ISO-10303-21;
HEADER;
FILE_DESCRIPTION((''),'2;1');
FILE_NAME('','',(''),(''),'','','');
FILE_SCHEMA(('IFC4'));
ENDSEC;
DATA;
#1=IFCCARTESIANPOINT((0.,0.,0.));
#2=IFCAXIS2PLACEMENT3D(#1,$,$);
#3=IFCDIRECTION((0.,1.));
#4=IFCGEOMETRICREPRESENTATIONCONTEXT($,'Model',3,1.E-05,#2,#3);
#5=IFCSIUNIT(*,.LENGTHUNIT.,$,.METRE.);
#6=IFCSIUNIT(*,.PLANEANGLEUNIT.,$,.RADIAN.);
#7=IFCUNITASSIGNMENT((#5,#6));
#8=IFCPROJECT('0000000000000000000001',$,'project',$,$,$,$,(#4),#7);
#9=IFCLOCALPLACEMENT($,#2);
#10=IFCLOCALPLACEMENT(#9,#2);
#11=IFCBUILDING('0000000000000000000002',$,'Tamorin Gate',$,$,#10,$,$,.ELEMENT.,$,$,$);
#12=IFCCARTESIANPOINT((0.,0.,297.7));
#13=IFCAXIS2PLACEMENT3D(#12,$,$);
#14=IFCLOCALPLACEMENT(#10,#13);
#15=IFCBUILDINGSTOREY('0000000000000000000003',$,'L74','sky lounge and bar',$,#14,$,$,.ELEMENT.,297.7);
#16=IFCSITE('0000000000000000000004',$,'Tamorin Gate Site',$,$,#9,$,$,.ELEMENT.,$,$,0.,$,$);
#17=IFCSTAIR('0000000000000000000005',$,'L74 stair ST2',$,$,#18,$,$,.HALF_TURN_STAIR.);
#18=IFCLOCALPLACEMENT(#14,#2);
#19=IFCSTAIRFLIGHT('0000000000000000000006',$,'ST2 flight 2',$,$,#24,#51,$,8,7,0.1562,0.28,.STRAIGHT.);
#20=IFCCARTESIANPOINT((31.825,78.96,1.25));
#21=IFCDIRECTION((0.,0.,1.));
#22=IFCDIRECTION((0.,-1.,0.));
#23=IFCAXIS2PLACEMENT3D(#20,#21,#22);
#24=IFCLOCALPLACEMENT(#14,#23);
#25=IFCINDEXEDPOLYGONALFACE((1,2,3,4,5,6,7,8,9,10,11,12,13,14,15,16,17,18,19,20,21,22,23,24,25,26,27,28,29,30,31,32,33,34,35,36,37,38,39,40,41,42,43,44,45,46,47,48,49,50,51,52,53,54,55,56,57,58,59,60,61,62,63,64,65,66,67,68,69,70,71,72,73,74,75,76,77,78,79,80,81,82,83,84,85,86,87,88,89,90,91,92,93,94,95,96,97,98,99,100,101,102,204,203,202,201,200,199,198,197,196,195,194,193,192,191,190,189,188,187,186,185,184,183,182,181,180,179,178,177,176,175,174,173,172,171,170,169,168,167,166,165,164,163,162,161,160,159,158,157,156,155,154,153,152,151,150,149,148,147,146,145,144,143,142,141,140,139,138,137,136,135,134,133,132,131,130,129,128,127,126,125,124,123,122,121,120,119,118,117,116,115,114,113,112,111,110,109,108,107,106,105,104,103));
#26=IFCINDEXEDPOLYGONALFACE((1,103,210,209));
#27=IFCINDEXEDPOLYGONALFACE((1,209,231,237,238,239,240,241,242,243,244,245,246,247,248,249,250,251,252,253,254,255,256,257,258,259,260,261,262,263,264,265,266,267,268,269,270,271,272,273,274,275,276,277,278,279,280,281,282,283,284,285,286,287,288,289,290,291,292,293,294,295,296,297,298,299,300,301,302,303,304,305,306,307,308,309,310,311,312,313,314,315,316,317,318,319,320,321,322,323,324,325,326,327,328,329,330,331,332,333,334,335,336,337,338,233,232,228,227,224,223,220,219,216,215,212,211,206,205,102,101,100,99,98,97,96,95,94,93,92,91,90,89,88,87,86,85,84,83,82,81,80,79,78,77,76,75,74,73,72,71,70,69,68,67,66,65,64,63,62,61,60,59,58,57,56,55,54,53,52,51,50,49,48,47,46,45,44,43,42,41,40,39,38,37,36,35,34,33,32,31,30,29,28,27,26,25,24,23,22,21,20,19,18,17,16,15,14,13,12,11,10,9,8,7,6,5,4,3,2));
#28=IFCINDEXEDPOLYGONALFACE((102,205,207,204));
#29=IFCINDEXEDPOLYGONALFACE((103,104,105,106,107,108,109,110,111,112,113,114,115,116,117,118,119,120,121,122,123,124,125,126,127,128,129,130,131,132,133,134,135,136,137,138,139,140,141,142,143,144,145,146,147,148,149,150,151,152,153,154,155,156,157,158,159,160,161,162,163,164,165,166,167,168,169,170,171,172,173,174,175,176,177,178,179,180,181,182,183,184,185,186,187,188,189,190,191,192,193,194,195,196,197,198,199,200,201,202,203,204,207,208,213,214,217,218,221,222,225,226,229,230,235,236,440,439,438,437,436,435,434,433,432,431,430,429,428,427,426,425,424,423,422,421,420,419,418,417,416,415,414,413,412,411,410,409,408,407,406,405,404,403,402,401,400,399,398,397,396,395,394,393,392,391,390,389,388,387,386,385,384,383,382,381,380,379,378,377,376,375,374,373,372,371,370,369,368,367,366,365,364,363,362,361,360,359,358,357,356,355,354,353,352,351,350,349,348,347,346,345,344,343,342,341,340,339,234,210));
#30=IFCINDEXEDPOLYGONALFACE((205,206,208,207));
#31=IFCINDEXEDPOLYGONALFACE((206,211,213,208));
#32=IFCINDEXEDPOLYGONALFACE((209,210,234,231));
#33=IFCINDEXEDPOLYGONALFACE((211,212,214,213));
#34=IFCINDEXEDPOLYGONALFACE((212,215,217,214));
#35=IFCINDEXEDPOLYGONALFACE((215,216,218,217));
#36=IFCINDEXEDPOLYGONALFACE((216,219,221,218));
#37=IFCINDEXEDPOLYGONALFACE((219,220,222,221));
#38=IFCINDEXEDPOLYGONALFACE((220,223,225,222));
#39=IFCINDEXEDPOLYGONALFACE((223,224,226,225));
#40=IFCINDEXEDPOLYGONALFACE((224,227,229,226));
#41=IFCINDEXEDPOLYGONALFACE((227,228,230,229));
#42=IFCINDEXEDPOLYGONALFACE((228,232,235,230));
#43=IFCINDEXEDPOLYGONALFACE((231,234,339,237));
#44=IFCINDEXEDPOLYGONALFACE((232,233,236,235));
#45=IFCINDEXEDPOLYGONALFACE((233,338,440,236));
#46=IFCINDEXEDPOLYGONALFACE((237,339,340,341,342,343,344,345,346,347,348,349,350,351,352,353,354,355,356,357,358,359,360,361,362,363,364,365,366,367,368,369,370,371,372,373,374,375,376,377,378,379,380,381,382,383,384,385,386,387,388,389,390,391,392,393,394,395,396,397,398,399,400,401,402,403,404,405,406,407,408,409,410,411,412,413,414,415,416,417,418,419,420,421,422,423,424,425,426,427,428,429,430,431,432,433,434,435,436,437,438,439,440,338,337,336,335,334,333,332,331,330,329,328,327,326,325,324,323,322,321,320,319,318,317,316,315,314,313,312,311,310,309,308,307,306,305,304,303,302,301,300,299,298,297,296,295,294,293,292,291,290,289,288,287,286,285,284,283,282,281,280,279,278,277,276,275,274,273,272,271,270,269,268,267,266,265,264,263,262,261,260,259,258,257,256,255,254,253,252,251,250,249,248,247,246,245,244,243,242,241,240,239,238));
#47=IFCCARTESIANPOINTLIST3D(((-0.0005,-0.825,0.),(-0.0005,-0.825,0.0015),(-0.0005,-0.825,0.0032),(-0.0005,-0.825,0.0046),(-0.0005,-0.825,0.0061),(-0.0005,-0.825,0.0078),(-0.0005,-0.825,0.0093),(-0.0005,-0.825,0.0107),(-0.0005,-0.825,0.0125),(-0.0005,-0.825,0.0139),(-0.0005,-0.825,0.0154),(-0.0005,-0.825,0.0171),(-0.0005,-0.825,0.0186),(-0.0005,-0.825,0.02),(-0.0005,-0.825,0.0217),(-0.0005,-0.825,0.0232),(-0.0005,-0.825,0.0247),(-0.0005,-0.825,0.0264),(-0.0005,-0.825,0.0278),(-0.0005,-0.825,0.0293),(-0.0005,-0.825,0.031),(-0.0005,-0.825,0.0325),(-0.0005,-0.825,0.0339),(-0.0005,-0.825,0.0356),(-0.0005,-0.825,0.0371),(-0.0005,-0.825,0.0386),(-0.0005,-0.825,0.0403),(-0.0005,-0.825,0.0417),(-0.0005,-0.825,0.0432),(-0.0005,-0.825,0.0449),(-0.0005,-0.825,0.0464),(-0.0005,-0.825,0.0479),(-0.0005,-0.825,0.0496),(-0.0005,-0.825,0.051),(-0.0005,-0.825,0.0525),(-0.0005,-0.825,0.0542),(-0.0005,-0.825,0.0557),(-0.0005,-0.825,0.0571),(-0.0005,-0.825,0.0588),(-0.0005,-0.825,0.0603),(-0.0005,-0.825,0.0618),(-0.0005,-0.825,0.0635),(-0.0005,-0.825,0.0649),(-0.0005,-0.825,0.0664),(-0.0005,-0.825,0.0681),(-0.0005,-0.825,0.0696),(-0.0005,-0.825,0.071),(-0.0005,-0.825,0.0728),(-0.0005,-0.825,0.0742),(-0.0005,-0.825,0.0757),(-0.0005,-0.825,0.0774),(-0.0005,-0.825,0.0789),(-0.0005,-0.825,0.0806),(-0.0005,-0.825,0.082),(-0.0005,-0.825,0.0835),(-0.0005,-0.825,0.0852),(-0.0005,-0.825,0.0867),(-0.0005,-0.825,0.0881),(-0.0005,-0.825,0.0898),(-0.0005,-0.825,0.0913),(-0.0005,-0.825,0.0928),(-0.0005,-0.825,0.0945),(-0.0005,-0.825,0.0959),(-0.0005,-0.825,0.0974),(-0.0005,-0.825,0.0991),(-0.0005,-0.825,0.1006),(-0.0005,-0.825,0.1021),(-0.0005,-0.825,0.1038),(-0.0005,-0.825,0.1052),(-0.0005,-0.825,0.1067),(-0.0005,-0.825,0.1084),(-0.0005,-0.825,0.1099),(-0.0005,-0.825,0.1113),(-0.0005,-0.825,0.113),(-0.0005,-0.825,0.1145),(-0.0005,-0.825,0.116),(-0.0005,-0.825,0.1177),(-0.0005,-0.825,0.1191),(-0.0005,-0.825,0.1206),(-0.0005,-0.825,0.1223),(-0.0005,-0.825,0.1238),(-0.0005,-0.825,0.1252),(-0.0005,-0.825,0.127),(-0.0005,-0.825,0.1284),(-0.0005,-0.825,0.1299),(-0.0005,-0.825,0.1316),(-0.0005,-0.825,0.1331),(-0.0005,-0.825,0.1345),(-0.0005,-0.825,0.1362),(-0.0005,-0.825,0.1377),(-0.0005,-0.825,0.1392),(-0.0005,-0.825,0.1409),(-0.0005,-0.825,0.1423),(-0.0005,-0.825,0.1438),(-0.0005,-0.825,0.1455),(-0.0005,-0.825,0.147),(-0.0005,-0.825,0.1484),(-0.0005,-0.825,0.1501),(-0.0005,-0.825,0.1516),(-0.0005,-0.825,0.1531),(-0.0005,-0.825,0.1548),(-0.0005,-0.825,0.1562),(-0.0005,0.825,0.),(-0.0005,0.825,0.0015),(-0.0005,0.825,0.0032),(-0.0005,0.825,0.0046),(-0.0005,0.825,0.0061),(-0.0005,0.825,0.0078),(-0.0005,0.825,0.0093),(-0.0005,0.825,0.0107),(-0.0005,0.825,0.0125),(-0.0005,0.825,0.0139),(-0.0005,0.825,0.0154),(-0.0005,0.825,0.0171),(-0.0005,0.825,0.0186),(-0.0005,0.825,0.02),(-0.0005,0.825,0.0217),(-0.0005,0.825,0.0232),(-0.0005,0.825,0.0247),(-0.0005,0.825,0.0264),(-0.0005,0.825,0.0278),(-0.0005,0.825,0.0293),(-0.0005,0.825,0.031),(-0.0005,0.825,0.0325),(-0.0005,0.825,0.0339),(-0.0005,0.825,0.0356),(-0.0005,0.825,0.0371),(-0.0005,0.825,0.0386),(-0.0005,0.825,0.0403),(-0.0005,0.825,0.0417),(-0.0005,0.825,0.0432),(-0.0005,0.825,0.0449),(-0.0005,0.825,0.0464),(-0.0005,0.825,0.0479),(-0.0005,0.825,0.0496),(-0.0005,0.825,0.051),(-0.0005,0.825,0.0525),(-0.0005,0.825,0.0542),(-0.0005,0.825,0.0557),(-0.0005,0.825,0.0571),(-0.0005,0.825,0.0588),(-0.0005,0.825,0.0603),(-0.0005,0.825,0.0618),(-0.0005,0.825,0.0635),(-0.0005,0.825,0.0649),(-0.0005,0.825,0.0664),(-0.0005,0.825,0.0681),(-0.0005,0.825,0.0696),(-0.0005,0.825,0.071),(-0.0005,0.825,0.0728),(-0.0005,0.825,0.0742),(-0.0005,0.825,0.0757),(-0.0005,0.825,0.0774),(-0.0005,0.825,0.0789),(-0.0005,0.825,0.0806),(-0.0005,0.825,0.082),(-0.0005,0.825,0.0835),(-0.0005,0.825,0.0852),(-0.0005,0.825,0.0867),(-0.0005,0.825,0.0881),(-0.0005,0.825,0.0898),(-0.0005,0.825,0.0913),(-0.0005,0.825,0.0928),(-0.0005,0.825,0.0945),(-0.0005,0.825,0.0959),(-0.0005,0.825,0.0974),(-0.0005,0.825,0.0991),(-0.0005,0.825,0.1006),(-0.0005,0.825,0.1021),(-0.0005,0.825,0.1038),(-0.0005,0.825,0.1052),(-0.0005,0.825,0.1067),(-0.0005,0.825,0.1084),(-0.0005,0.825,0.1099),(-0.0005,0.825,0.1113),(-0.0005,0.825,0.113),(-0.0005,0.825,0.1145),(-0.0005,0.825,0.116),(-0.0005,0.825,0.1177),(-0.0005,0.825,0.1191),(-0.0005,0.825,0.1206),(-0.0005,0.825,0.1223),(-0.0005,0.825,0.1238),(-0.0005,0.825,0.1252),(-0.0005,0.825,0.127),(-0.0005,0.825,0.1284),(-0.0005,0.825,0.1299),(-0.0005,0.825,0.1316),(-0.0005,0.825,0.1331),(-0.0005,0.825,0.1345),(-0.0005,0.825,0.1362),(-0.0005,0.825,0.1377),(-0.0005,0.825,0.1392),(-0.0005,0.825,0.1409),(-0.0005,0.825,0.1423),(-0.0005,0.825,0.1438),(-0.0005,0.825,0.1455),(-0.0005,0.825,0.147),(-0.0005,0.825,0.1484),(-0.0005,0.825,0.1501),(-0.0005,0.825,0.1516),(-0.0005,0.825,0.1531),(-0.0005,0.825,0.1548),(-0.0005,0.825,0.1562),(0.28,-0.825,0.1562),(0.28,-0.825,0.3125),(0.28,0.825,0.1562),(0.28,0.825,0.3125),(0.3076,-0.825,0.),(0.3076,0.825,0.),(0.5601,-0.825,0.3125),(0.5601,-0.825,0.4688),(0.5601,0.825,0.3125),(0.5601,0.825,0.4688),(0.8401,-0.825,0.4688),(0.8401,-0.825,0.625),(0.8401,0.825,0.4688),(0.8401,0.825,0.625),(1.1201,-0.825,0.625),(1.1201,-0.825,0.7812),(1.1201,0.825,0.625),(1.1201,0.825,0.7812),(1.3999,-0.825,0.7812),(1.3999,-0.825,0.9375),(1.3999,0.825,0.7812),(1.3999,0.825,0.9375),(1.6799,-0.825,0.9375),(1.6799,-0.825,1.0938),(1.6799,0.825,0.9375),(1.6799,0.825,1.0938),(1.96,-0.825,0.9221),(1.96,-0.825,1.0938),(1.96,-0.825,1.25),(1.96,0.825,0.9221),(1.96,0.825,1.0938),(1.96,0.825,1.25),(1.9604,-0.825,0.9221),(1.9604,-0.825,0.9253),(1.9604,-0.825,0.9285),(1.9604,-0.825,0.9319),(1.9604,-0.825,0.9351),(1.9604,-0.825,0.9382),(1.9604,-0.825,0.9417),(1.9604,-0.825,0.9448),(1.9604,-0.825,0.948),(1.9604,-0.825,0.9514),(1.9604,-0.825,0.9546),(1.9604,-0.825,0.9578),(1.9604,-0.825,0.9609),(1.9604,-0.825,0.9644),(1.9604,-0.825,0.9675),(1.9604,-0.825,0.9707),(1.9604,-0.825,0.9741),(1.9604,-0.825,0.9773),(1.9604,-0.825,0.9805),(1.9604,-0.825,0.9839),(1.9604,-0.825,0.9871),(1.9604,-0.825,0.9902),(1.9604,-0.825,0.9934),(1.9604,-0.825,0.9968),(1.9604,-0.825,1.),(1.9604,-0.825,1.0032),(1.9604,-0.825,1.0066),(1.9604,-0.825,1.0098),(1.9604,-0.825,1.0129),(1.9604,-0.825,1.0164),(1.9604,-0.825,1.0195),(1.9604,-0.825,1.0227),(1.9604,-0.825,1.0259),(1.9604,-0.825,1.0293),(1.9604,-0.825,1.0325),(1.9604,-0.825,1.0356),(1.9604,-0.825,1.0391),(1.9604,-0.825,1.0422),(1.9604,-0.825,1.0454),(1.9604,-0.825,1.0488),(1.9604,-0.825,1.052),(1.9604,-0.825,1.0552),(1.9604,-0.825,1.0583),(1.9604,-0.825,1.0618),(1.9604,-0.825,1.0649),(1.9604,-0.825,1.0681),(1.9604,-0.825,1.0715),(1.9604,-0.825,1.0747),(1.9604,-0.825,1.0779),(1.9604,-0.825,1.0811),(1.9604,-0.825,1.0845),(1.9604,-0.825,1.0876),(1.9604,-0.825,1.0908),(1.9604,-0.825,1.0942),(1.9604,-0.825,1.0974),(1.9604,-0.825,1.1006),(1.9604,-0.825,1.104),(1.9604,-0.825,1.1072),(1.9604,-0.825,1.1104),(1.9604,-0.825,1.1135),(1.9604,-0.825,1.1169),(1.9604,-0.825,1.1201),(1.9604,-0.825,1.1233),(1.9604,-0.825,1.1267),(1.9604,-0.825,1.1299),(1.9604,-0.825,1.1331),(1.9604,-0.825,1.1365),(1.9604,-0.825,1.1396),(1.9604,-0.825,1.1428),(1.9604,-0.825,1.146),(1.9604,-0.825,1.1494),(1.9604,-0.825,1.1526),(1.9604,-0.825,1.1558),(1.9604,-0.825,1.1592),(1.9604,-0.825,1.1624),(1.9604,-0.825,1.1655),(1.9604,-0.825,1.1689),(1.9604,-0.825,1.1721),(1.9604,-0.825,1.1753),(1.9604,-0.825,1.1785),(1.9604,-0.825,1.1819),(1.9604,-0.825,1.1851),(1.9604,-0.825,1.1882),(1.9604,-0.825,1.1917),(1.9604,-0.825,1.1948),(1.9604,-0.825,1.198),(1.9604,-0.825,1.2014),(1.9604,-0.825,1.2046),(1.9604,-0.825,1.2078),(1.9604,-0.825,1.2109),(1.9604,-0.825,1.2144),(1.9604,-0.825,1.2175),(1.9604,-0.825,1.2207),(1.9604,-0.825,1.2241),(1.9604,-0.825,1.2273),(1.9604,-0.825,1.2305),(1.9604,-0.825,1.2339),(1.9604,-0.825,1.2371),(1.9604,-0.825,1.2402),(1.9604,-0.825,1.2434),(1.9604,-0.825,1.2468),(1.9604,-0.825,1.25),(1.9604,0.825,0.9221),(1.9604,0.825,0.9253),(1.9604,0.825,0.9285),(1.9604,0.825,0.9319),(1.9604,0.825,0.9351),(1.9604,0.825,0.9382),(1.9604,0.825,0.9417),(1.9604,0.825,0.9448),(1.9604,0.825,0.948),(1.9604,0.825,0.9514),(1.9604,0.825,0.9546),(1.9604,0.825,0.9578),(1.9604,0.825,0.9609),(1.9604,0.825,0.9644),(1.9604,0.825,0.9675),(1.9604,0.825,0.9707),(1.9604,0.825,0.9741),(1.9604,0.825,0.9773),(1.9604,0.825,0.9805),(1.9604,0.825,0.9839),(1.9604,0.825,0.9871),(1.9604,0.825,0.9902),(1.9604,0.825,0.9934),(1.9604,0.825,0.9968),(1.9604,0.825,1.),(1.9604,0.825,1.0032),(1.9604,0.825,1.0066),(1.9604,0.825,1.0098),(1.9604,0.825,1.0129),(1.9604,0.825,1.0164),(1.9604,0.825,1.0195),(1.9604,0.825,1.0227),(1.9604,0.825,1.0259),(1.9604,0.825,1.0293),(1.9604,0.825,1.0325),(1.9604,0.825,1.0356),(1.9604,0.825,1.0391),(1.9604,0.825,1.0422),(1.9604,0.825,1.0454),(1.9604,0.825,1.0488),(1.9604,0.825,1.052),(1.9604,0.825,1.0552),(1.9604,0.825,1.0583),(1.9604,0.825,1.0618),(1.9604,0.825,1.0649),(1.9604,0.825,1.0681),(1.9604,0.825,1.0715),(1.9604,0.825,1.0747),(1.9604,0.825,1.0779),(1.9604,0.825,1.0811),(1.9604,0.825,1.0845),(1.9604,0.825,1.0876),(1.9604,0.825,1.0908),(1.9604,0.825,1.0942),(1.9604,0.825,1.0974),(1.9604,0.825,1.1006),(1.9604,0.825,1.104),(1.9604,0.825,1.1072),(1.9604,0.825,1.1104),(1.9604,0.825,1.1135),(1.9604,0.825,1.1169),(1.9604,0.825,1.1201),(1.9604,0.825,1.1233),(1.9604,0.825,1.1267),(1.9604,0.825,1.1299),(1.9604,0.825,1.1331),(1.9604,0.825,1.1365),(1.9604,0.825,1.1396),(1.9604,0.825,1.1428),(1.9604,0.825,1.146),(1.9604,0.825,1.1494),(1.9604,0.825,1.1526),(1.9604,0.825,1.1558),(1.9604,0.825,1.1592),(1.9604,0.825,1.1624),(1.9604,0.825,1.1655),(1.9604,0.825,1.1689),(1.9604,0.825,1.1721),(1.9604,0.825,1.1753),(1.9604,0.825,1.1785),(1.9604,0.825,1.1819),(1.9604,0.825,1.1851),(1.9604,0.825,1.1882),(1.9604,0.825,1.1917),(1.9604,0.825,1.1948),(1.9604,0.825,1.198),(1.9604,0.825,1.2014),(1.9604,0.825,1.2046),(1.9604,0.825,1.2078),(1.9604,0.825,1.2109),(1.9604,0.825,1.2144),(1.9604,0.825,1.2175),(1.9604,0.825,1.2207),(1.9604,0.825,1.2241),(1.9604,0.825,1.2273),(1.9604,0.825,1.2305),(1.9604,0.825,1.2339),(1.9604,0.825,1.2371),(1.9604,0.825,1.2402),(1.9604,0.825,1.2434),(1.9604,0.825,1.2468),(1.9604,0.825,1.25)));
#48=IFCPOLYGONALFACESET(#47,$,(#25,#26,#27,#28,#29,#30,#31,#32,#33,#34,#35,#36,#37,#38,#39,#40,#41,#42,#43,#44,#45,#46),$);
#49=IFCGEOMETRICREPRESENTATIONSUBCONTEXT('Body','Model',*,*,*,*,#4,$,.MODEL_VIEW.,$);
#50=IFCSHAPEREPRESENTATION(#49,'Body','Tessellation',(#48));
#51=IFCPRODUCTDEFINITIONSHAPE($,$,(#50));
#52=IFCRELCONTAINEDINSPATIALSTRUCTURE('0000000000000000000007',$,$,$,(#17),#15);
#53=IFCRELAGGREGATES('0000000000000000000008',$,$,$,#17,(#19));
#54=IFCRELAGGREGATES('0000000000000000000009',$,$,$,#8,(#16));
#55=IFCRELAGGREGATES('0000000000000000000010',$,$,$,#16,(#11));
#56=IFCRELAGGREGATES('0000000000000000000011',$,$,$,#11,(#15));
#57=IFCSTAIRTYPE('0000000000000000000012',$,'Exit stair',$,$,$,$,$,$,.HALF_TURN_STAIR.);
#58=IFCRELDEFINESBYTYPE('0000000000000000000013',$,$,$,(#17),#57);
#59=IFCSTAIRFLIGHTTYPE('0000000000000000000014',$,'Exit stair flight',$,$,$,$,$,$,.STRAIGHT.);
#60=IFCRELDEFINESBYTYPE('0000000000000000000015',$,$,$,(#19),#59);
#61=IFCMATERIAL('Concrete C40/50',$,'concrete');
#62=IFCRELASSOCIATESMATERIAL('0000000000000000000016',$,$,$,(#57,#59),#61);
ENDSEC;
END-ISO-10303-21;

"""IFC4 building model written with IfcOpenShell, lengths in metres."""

from ifc_helpers import new_model, si_unit, direction, frame, origin, place, context, subcontext, project, spatial, polyline, outline, extrude, material, type_object, element, aggregate, save


model = new_model("IFC4")

# Units and contexts
model_context = context("Model", 3, precision=1e-05, world=origin(), true_north=direction((0.0, 1.0)))
body_context = subcontext(model_context, "Body", "Model", "MODEL_VIEW")
ifc_project = project(units=[si_unit("LENGTHUNIT", "METRE"), si_unit("PLANEANGLEUNIT", "RADIAN")], contexts=[model_context])

# Site, building, storey
site_placement = place(None, origin())
site = spatial("IfcSite", under=ifc_project, at=site_placement, Name="Tamorin Gate Site", CompositionType="ELEMENT", RefElevation=0.0)
building_placement = place(site_placement, origin())
building = spatial("IfcBuilding", under=site, at=building_placement, Name="Tamorin Gate", CompositionType="ELEMENT")
storey_placement = place(building_placement, frame((0.0, 0.0, 297.7)))
storey = spatial("IfcBuildingStorey", under=building, at=storey_placement, Name="L74", Description="sky lounge and bar", CompositionType="ELEMENT", Elevation=297.7)

# Shared definitions
ifc_material_1 = material(Name="Concrete C40/50", Category="concrete")

# Stair, stair flight
stair_type = type_object("IfcStairType", Name="Exit stair", PredefinedType="HALF_TURN_STAIR", material=ifc_material_1)
stair_placement = place(storey_placement, origin())
stair = element("IfcStair", 1, at=stair_placement, inside=storey, type_object=stair_type, Name="L74 stair ST2", PredefinedType="HALF_TURN_STAIR")
stair_flight_type = type_object("IfcStairFlightType", Name="Exit stair flight", PredefinedType="STRAIGHT", material=ifc_material_1)
stair_flight_1_placement = place(storey_placement, frame((31.825, 78.96, 1.25), z_axis=(0.0, 0.0, 1.0), x_axis=(0.0, -1.0, 0.0)))
stair_flight_1 = element("IfcStairFlight", 2, at=stair_flight_1_placement, type_object=stair_flight_type, Name="ST2 flight 2", NumberOfRisers=8, NumberOfTreads=7, PredefinedType="STRAIGHT", RiserHeight=0.1562, TreadLength=0.28, context=body_context, shape_type="SweptSolid", body=[
    extrude(outline(polyline([(-0.0005, 0.0), (-0.0005, 0.0015), (-0.0005, 0.0032), (-0.0005, 0.0046), (-0.0005, 0.0061), (-0.0005, 0.0078), (-0.0005, 0.0093), (-0.0005, 0.0107), (-0.0005, 0.0125), (-0.0005, 0.0139), (-0.0005, 0.0154), (-0.0005, 0.0171), (-0.0005, 0.0186), (-0.0005, 0.02), (-0.0005, 0.0217), (-0.0005, 0.0232), (-0.0005, 0.0247), (-0.0005, 0.0264), (-0.0005, 0.0278), (-0.0005, 0.0293), (-0.0005, 0.031), (-0.0005, 0.0325), (-0.0005, 0.0339), (-0.0005, 0.0356), (-0.0005, 0.0371), (-0.0005, 0.0386), (-0.0005, 0.0403), (-0.0005, 0.0417), (-0.0005, 0.0432), (-0.0005, 0.0449), (-0.0005, 0.0464), (-0.0005, 0.0479), (-0.0005, 0.0496), (-0.0005, 0.051), (-0.0005, 0.0525), (-0.0005, 0.0542), (-0.0005, 0.0557), (-0.0005, 0.0571), (-0.0005, 0.0588), (-0.0005, 0.0603), (-0.0005, 0.0618), (-0.0005, 0.0635), (-0.0005, 0.0649), (-0.0005, 0.0664), (-0.0005, 0.0681), (-0.0005, 0.0696), (-0.0005, 0.071), (-0.0005, 0.0728), (-0.0005, 0.0742), (-0.0005, 0.0757), (-0.0005, 0.0774), (-0.0005, 0.0789), (-0.0005, 0.0806), (-0.0005, 0.082), (-0.0005, 0.0835), (-0.0005, 0.0852), (-0.0005, 0.0867), (-0.0005, 0.0881), (-0.0005, 0.0898), (-0.0005, 0.0913), (-0.0005, 0.0928), (-0.0005, 0.0945), (-0.0005, 0.0959), (-0.0005, 0.0974), (-0.0005, 0.0991), (-0.0005, 0.1006), (-0.0005, 0.1021), (-0.0005, 0.1038), (-0.0005, 0.1052), (-0.0005, 0.1067), (-0.0005, 0.1084), (-0.0005, 0.1099), (-0.0005, 0.1113), (-0.0005, 0.113), (-0.0005, 0.1145), (-0.0005, 0.116), (-0.0005, 0.1177), (-0.0005, 0.1191), (-0.0005, 0.1206), (-0.0005, 0.1223), (-0.0005, 0.1238), (-0.0005, 0.1252), (-0.0005, 0.127), (-0.0005, 0.1284), (-0.0005, 0.1299), (-0.0005, 0.1316), (-0.0005, 0.1331), (-0.0005, 0.1345), (-0.0005, 0.1362), (-0.0005, 0.1377), (-0.0005, 0.1392), (-0.0005, 0.1409), (-0.0005, 0.1423), (-0.0005, 0.1438), (-0.0005, 0.1455), (-0.0005, 0.147), (-0.0005, 0.1484), (-0.0005, 0.1501), (-0.0005, 0.1516), (-0.0005, 0.1531), (-0.0005, 0.1548), (-0.0005, 0.1562), (0.28, 0.1562), (0.28, 0.3125), (0.5601, 0.3125), (0.5601, 0.4688), (0.8401, 0.4688), (0.8401, 0.625), (1.1201, 0.625), (1.1201, 0.7812), (1.3999, 0.7812), (1.3999, 0.9375), (1.6799, 0.9375), (1.6799, 1.0938), (1.96, 1.0938), (1.96, 1.25), (1.9604, 1.25), (1.9604, 1.2468), (1.9604, 1.2434), (1.9604, 1.2402), (1.9604, 1.2371), (1.9604, 1.2339), (1.9604, 1.2305), (1.9604, 1.2273), (1.9604, 1.2241), (1.9604, 1.2207), (1.9604, 1.2175), (1.9604, 1.2144), (1.9604, 1.2109), (1.9604, 1.2078), (1.9604, 1.2046), (1.9604, 1.2014), (1.9604, 1.198), (1.9604, 1.1948), (1.9604, 1.1917), (1.9604, 1.1882), (1.9604, 1.1851), (1.9604, 1.1819), (1.9604, 1.1785), (1.9604, 1.1753), (1.9604, 1.1721), (1.9604, 1.1689), (1.9604, 1.1655), (1.9604, 1.1624), (1.9604, 1.1592), (1.9604, 1.1558), (1.9604, 1.1526), (1.9604, 1.1494), (1.9604, 1.146), (1.9604, 1.1428), (1.9604, 1.1396), (1.9604, 1.1365), (1.9604, 1.1331), (1.9604, 1.1299), (1.9604, 1.1267), (1.9604, 1.1233), (1.9604, 1.1201), (1.9604, 1.1169), (1.9604, 1.1135), (1.9604, 1.1104), (1.9604, 1.1072), (1.9604, 1.104), (1.9604, 1.1006), (1.9604, 1.0974), (1.9604, 1.0942), (1.9604, 1.0908), (1.9604, 1.0876), (1.9604, 1.0845), (1.9604, 1.0811), (1.9604, 1.0779), (1.9604, 1.0747), (1.9604, 1.0715), (1.9604, 1.0681), (1.9604, 1.0649), (1.9604, 1.0618), (1.9604, 1.0583), (1.9604, 1.0552), (1.9604, 1.052), (1.9604, 1.0488), (1.9604, 1.0454), (1.9604, 1.0422), (1.9604, 1.0391), (1.9604, 1.0356), (1.9604, 1.0325), (1.9604, 1.0293), (1.9604, 1.0259), (1.9604, 1.0227), (1.9604, 1.0195), (1.9604, 1.0164), (1.9604, 1.0129), (1.9604, 1.0098), (1.9604, 1.0066), (1.9604, 1.0032), (1.9604, 1.0), (1.9604, 0.9968), (1.9604, 0.9934), (1.9604, 0.9902), (1.9604, 0.9871), (1.9604, 0.9839), (1.9604, 0.9805), (1.9604, 0.9773), (1.9604, 0.9741), (1.9604, 0.9707), (1.9604, 0.9675), (1.9604, 0.9644), (1.9604, 0.9609), (1.9604, 0.9578), (1.9604, 0.9546), (1.9604, 0.9514), (1.9604, 0.948), (1.9604, 0.9448), (1.9604, 0.9417), (1.9604, 0.9382), (1.9604, 0.9351), (1.9604, 0.9319), (1.9604, 0.9285), (1.9604, 0.9253), (1.9604, 0.9221), (1.96, 0.9221), (0.3076, 0.0), (-0.0005, 0.0)])), frame((0.0, 0.825, 0.0), z_axis=(0.0, -1.0, 0.0), x_axis=(1.0, 0.0, 0.0)), (0.0, 0.0, 1.0), 1.6499),
])
aggregate(stair, [stair_flight_1])

save(model, "model.ifc")
